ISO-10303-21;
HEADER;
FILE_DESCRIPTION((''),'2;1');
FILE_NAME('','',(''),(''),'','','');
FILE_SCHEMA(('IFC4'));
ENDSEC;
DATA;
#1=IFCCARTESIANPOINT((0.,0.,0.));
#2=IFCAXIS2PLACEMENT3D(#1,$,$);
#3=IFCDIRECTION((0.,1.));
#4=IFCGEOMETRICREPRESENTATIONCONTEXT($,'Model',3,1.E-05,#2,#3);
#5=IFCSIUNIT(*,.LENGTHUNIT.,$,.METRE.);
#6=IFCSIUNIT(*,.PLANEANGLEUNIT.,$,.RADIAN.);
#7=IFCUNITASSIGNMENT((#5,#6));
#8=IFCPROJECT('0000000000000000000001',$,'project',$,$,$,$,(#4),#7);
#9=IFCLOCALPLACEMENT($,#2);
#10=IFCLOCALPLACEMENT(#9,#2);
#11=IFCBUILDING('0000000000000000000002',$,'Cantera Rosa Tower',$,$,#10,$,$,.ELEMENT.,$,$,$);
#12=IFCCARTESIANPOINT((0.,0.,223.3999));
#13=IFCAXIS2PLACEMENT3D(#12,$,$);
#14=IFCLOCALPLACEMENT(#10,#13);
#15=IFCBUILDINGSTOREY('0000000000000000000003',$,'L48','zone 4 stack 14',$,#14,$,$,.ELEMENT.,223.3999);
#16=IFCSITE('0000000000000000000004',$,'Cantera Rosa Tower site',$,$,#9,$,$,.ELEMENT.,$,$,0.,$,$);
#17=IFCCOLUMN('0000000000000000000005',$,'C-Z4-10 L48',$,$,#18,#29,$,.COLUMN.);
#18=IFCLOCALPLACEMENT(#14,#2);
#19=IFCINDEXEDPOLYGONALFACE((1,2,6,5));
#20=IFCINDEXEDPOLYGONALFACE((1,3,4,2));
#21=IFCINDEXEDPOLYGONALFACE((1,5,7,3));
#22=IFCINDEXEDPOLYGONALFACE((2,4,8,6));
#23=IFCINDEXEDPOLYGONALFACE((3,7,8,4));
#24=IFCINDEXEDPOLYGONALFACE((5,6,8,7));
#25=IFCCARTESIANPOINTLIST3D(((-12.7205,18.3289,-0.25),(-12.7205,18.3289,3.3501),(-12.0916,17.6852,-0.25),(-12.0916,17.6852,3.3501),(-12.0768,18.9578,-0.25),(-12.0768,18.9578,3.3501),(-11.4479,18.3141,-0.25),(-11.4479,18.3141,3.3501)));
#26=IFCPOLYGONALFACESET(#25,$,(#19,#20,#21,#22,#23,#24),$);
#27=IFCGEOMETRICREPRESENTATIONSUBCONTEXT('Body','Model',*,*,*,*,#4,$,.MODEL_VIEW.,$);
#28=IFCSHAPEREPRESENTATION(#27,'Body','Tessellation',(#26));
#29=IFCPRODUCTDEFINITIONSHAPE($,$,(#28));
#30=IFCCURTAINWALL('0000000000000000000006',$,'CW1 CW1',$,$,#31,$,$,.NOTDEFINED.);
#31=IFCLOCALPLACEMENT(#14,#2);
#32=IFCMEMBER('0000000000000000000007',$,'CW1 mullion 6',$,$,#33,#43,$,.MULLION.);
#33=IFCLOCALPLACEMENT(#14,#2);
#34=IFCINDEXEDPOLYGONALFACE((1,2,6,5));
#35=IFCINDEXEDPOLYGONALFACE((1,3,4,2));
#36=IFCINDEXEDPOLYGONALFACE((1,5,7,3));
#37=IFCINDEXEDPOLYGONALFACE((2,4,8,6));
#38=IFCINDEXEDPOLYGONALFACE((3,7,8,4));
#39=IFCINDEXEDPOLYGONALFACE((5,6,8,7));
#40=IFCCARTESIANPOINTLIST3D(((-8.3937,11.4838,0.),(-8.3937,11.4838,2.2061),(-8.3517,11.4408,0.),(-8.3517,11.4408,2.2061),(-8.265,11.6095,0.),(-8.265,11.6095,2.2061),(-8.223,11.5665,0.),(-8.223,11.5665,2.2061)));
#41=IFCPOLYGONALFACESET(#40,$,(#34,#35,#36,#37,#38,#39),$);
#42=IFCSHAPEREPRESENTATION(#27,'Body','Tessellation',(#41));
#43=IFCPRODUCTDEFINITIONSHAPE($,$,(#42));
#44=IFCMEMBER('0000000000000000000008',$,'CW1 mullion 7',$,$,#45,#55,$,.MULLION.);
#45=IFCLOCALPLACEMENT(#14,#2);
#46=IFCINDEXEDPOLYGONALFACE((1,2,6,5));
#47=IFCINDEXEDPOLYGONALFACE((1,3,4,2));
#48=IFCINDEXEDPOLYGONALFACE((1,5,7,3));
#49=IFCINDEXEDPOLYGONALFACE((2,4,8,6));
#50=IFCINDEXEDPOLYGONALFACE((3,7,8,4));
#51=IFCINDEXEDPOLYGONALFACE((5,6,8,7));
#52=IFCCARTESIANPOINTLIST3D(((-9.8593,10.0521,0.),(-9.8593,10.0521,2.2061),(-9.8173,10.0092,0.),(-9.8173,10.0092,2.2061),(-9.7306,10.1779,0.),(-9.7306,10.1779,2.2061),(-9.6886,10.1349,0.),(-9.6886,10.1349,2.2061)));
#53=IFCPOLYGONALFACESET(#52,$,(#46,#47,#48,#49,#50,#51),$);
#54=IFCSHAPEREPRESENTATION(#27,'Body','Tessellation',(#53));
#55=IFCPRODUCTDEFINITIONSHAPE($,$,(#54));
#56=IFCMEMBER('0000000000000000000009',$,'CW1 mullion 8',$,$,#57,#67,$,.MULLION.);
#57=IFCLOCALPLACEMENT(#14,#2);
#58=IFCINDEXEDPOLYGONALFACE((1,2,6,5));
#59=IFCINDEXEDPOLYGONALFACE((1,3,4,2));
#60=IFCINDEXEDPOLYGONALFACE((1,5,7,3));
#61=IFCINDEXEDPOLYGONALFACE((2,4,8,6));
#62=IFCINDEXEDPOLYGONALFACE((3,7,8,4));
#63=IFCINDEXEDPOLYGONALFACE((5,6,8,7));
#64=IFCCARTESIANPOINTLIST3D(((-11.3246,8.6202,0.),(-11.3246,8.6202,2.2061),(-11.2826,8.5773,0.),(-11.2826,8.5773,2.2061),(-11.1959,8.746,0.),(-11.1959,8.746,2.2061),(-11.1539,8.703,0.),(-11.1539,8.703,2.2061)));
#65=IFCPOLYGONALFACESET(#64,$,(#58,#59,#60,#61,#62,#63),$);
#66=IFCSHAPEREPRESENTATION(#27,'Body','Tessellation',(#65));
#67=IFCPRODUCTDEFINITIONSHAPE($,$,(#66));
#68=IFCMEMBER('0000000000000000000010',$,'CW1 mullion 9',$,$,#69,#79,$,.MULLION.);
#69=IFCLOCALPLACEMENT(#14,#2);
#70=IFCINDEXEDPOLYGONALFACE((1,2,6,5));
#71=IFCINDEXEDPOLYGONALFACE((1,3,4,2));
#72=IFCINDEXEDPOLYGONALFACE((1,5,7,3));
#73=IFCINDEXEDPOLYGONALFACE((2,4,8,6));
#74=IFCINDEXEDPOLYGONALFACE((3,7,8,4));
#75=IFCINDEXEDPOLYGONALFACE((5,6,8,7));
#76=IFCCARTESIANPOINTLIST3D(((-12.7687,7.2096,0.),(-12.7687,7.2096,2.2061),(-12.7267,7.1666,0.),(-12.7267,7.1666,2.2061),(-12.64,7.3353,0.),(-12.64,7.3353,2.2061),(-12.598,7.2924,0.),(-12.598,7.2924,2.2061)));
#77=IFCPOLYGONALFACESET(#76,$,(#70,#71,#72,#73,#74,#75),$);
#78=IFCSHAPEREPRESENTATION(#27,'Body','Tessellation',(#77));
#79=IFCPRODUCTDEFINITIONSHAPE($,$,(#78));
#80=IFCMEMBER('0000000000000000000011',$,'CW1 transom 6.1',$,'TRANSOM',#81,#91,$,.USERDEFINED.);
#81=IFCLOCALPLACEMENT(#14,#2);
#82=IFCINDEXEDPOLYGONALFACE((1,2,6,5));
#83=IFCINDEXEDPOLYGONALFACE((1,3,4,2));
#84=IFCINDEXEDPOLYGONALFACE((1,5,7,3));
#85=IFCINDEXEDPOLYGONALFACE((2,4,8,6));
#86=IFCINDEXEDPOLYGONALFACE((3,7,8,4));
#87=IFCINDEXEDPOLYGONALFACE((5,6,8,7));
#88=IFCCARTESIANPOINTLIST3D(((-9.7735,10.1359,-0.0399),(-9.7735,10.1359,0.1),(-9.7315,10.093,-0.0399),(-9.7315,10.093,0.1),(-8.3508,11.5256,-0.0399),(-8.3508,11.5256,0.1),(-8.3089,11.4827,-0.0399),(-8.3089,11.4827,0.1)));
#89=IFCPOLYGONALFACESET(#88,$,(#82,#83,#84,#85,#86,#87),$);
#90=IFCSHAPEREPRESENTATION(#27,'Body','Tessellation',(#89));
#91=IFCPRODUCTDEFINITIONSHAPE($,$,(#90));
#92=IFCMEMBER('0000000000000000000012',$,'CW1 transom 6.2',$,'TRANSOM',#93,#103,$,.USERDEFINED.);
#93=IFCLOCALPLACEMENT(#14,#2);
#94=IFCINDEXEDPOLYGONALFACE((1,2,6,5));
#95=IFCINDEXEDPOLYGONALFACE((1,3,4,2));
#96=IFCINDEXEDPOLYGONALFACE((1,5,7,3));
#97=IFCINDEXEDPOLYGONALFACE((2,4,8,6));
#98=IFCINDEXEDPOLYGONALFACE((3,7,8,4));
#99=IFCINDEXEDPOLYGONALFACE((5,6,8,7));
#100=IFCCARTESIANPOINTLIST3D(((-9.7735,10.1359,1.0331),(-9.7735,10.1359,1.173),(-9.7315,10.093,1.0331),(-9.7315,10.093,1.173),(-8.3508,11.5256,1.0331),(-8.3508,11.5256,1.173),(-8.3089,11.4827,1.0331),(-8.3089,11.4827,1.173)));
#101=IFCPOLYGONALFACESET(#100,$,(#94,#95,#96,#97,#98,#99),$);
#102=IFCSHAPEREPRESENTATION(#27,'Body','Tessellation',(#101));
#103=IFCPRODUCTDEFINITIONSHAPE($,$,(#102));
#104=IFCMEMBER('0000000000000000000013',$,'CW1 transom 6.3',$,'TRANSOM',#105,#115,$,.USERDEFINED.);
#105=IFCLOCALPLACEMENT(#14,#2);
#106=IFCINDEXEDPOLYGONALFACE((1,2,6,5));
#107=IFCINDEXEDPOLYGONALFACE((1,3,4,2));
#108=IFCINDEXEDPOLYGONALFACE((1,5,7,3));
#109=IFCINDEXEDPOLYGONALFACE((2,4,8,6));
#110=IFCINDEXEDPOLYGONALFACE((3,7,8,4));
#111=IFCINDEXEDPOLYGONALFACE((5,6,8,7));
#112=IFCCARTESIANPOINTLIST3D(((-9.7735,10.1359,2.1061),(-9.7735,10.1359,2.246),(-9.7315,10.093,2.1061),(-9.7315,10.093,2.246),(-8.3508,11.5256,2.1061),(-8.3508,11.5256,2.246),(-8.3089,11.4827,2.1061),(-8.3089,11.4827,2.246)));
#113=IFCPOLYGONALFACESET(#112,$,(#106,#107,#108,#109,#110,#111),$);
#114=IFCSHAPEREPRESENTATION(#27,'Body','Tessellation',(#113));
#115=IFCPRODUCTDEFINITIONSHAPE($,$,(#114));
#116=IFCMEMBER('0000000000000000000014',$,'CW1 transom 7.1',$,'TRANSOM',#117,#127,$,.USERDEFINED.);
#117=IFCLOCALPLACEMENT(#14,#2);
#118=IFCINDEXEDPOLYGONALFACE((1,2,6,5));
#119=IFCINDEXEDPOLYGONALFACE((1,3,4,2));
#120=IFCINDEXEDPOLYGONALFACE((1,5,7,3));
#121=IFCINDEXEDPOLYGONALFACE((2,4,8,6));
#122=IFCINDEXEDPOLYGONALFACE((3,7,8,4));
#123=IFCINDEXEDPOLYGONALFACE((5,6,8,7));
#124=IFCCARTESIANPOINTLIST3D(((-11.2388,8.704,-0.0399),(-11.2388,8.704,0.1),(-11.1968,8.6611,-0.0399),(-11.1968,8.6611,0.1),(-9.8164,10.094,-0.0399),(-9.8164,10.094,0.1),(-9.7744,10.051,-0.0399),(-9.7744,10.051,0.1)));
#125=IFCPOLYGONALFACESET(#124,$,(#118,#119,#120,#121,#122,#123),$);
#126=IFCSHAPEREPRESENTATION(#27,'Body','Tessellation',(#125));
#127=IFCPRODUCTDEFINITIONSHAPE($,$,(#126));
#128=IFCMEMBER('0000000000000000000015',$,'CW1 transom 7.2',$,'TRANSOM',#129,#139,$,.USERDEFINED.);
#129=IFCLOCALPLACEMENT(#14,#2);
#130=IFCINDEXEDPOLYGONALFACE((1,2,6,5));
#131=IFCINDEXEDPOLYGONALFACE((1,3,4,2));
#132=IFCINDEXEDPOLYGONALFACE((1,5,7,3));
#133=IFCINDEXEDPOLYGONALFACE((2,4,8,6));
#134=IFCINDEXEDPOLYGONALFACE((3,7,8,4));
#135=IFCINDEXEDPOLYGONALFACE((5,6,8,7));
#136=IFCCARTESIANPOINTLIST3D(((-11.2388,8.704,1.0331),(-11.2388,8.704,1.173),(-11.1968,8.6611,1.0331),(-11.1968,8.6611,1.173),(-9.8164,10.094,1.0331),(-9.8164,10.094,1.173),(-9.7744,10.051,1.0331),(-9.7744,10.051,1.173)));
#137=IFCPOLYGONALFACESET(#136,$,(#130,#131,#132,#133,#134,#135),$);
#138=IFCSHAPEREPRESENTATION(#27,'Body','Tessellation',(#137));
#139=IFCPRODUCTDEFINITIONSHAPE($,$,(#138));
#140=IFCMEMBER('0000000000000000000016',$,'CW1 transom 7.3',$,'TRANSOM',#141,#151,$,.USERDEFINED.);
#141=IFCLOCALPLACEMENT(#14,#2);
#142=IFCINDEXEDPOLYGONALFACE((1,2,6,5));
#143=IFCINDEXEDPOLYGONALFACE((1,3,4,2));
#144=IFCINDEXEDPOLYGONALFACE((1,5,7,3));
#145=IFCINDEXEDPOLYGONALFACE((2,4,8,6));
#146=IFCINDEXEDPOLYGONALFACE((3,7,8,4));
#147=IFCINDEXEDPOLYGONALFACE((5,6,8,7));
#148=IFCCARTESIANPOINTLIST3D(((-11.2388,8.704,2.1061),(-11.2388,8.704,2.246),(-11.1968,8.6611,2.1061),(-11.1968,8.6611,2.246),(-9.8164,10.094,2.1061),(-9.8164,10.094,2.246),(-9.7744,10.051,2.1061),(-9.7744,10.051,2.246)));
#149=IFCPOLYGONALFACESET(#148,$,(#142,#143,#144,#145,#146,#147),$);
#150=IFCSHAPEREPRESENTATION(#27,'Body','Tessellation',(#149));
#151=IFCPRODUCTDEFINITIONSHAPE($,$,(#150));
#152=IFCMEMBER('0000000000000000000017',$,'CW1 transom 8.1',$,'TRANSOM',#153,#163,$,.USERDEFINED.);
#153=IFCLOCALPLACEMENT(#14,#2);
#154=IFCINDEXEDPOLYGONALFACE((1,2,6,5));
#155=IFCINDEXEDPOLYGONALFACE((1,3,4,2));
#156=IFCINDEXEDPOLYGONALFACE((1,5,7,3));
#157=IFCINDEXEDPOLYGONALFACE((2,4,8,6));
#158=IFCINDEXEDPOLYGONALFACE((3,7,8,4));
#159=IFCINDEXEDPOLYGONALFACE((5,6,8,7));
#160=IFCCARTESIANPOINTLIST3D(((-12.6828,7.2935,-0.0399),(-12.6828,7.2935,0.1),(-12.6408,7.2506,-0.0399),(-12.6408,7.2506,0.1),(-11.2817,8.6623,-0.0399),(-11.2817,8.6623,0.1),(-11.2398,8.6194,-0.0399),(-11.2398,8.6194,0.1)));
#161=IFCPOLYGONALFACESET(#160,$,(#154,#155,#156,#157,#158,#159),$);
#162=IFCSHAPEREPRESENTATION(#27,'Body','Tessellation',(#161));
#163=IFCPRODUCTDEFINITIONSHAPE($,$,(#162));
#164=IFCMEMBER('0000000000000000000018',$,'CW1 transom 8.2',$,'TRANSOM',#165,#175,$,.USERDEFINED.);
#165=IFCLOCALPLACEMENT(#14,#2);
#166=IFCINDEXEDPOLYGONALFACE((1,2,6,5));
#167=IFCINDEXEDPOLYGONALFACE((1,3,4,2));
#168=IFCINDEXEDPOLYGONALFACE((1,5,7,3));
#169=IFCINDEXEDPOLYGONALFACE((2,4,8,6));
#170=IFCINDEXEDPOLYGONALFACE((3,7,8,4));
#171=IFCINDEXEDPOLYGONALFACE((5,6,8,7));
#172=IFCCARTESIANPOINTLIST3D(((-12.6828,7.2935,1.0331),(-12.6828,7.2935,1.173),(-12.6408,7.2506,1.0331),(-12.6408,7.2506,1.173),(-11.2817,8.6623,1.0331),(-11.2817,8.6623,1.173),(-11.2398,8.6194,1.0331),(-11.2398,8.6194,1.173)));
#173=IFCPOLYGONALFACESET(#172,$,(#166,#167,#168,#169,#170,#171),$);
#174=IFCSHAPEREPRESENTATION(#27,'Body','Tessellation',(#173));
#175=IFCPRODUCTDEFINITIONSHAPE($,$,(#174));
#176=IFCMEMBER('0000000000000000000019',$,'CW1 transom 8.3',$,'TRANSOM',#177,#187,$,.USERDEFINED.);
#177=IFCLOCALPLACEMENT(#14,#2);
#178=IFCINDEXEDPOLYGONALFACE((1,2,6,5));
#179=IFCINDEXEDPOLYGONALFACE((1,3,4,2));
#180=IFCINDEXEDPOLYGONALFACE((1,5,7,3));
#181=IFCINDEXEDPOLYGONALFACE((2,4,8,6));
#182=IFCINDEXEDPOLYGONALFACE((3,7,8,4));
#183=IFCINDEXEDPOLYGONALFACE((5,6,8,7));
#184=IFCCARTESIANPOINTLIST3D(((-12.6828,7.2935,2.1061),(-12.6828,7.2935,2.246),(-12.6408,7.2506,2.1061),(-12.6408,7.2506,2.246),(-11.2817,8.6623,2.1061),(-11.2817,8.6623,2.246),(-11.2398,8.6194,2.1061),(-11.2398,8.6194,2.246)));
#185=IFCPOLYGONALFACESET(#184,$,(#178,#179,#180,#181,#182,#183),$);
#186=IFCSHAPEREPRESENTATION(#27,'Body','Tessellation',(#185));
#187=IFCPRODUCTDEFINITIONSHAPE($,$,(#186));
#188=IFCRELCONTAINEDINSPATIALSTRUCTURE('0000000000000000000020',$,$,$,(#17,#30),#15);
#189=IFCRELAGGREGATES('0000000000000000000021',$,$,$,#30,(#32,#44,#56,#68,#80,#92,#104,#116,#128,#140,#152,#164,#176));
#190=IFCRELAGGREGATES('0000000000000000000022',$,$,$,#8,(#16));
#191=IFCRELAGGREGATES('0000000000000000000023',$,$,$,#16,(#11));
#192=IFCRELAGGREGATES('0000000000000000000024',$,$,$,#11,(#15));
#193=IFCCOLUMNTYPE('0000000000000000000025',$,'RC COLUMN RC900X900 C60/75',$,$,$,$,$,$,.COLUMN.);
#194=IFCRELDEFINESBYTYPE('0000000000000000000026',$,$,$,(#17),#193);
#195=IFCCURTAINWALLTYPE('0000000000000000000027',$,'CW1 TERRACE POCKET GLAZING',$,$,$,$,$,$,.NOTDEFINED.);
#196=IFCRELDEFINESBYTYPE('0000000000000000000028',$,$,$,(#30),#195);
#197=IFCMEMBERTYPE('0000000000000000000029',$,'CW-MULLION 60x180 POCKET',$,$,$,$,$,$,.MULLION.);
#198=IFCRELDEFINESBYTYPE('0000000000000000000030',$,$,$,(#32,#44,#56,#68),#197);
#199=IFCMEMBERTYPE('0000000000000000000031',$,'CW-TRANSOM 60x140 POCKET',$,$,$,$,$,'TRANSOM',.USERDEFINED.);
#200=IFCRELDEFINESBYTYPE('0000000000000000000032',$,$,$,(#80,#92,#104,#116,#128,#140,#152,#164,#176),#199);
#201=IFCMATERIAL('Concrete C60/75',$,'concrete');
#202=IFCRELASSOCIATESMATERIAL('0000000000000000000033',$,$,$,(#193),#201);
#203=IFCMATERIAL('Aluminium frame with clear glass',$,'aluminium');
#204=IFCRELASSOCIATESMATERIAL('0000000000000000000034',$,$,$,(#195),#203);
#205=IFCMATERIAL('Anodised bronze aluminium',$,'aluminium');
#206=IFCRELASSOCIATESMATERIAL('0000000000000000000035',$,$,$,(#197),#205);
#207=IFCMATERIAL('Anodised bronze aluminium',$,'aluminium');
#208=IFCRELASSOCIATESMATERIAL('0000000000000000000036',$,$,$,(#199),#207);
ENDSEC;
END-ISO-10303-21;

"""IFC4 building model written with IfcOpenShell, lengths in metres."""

from ifc_helpers import new_model, si_unit, direction, frame, origin, origin_2d, place, context, subcontext, project, spatial, rectangle, extrude, material, material_profile, profile_set, type_object, element, aggregate, save


model = new_model("IFC4")

# Units and contexts
model_context = context("Model", 3, precision=1e-05, world=origin(), true_north=direction((0.0, 1.0)))
body_context = subcontext(model_context, "Body", "Model", "MODEL_VIEW")
ifc_project = project(units=[si_unit("LENGTHUNIT", "METRE"), si_unit("PLANEANGLEUNIT", "RADIAN")], contexts=[model_context])

# Site, building, storey
site_placement = place(None, origin())
site = spatial("IfcSite", under=ifc_project, at=site_placement, Name="Cantera Rosa Tower site", CompositionType="ELEMENT", RefElevation=0.0)
building_placement = place(site_placement, origin())
building = spatial("IfcBuilding", under=site, at=building_placement, Name="Cantera Rosa Tower", CompositionType="ELEMENT")
storey_placement = place(building_placement, frame((0.0, 0.0, 223.3999)))
storey = spatial("IfcBuildingStorey", under=building, at=storey_placement, Name="L48", Description="zone 4 stack 14", CompositionType="ELEMENT", Elevation=223.3999)

# Column
ifc_material_1 = material(Name="Concrete C60/75", Category="concrete")
ifc_material_profile_1 = material_profile(ifc_material_1, rectangle(XDim=0.8999, YDim=0.8999, at=origin_2d()), Name="RC COLUMN RC900X900 C60/75")
ifc_profile_set_1 = profile_set([ifc_material_profile_1], Name="Concrete C60/75")
column_type = type_object("IfcColumnType", Name="RC COLUMN RC900X900 C60/75", PredefinedType="COLUMN", material=ifc_profile_set_1)
column_placement = place(storey_placement, frame((-12.0842, 18.3215, -0.25), z_axis=(0.0, 0.0, 1.0), x_axis=(0.715286, 0.698832, 0.0)))
element("IfcColumn", 1, at=column_placement, inside=storey, type_object=column_type, Name="C-Z4-10 L48", PredefinedType="COLUMN", context=body_context, shape_type="SweptSolid", body=[
    extrude(rectangle(XDim=0.8999, YDim=0.8999, at=origin_2d()), origin(), (0.0, 0.0, 1.0), 3.6001),
])

# Curtain wall, members
ifc_material_2 = material(Name="Aluminium frame with clear glass", Category="aluminium")
curtain_wall_type = type_object("IfcCurtainWallType", Name="CW1 TERRACE POCKET GLAZING", PredefinedType="NOTDEFINED", material=ifc_material_2)
curtain_wall_placement = place(storey_placement, origin())
curtain_wall = element("IfcCurtainWall", 2, at=curtain_wall_placement, inside=storey, type_object=curtain_wall_type, Name="CW1 CW1", PredefinedType="NOTDEFINED")
ifc_material_3 = material(Name="Anodised bronze aluminium", Category="aluminium")
ifc_material_profile_2 = material_profile(ifc_material_3, rectangle(XDim=0.0601, YDim=0.1799, at=origin_2d()), Name="CW-MULLION 60x180 POCKET")
ifc_profile_set_2 = profile_set([ifc_material_profile_2], Name="Anodised bronze aluminium")
member_type_1 = type_object("IfcMemberType", Name="CW-MULLION 60x180 POCKET", PredefinedType="MULLION", material=ifc_profile_set_2)
member_1_placement = place(storey_placement, frame((-8.3083, 11.5251, 0.0), z_axis=(0.0, 0.0, 1.0), x_axis=(0.698832, -0.715286, 0.0)))
member_1 = element("IfcMember", 3, at=member_1_placement, type_object=member_type_1, Name="CW1 mullion 6", PredefinedType="MULLION", context=body_context, shape_type="SweptSolid", body=[
    extrude(rectangle(XDim=0.0601, YDim=0.1799, at=origin_2d()), origin(), (0.0, 0.0, 1.0), 2.2061),
])
member_2_placement = place(storey_placement, frame((-9.7739, 10.0935, 0.0), z_axis=(0.0, 0.0, 1.0), x_axis=(0.698832, -0.715286, 0.0)))
member_2 = element("IfcMember", 4, at=member_2_placement, type_object=member_type_1, Name="CW1 mullion 7", PredefinedType="MULLION", context=body_context, shape_type="SweptSolid", body=[
    extrude(rectangle(XDim=0.0601, YDim=0.1799, at=origin_2d()), origin(), (0.0, 0.0, 1.0), 2.2061),
])
member_3_placement = place(storey_placement, frame((-11.2393, 8.6616, 0.0), z_axis=(0.0, 0.0, 1.0), x_axis=(0.698832, -0.715286, 0.0)))
member_3 = element("IfcMember", 5, at=member_3_placement, type_object=member_type_1, Name="CW1 mullion 8", PredefinedType="MULLION", context=body_context, shape_type="SweptSolid", body=[
    extrude(rectangle(XDim=0.0601, YDim=0.1799, at=origin_2d()), origin(), (0.0, 0.0, 1.0), 2.2061),
])
member_4_placement = place(storey_placement, frame((-12.6833, 7.251, 0.0), z_axis=(0.0, 0.0, 1.0), x_axis=(0.698832, -0.715286, 0.0)))
member_4 = element("IfcMember", 6, at=member_4_placement, type_object=member_type_1, Name="CW1 mullion 9", PredefinedType="MULLION", context=body_context, shape_type="SweptSolid", body=[
    extrude(rectangle(XDim=0.0601, YDim=0.1799, at=origin_2d()), origin(), (0.0, 0.0, 1.0), 2.2061),
])
ifc_material_4 = material(Name="Anodised bronze aluminium", Category="aluminium")
ifc_material_profile_3 = material_profile(ifc_material_4, rectangle(XDim=0.0601, YDim=0.1399, at=origin_2d()), Name="CW-TRANSOM 60x140 POCKET")
ifc_profile_set_3 = profile_set([ifc_material_profile_3], Name="Anodised bronze aluminium")
member_type_2 = type_object("IfcMemberType", Name="CW-TRANSOM 60x140 POCKET", ElementType="TRANSOM", PredefinedType="USERDEFINED", material=ifc_profile_set_3)
member_5_placement = place(storey_placement, frame((-8.3298, 11.5042, 0.03), z_axis=(-0.715345, -0.698772, 0.0), x_axis=(0.698772, -0.715345, 0.0)))
member_5 = element("IfcMember", 7, at=member_5_placement, type_object=member_type_2, Name="CW1 transom 6.1", ObjectType="TRANSOM", PredefinedType="USERDEFINED", context=body_context, shape_type="SweptSolid", body=[
    extrude(rectangle(XDim=0.0601, YDim=0.1399, at=origin_2d()), origin(), (0.0, 0.0, 1.0), 1.9888),
])
member_6_placement = place(storey_placement, frame((-8.3298, 11.5042, 1.103), z_axis=(-0.715345, -0.698772, 0.0), x_axis=(0.698772, -0.715345, 0.0)))
member_6 = element("IfcMember", 8, at=member_6_placement, type_object=member_type_2, Name="CW1 transom 6.2", ObjectType="TRANSOM", PredefinedType="USERDEFINED", context=body_context, shape_type="SweptSolid", body=[
    extrude(rectangle(XDim=0.0601, YDim=0.1399, at=origin_2d()), origin(), (0.0, 0.0, 1.0), 1.9888),
])
member_7_placement = place(storey_placement, frame((-8.3298, 11.5042, 2.176), z_axis=(-0.715345, -0.698772, 0.0), x_axis=(0.698772, -0.715345, 0.0)))
member_7 = element("IfcMember", 9, at=member_7_placement, type_object=member_type_2, Name="CW1 transom 6.3", ObjectType="TRANSOM", PredefinedType="USERDEFINED", context=body_context, shape_type="SweptSolid", body=[
    extrude(rectangle(XDim=0.0601, YDim=0.1399, at=origin_2d()), origin(), (0.0, 0.0, 1.0), 1.9888),
])
member_8_placement = place(storey_placement, frame((-9.7954, 10.0725, 0.03), z_axis=(-0.715223, -0.698896, 0.0), x_axis=(0.698896, -0.715223, 0.0)))
member_8 = element("IfcMember", 10, at=member_8_placement, type_object=member_type_2, Name="CW1 transom 7.1", ObjectType="TRANSOM", PredefinedType="USERDEFINED", context=body_context, shape_type="SweptSolid", body=[
    extrude(rectangle(XDim=0.0601, YDim=0.1399, at=origin_2d()), origin(), (0.0, 0.0, 1.0), 1.9888),
])
member_9_placement = place(storey_placement, frame((-9.7954, 10.0725, 1.103), z_axis=(-0.715223, -0.698896, 0.0), x_axis=(0.698896, -0.715223, 0.0)))
member_9 = element("IfcMember", 11, at=member_9_placement, type_object=member_type_2, Name="CW1 transom 7.2", ObjectType="TRANSOM", PredefinedType="USERDEFINED", context=body_context, shape_type="SweptSolid", body=[
    extrude(rectangle(XDim=0.0601, YDim=0.1399, at=origin_2d()), origin(), (0.0, 0.0, 1.0), 1.9888),
])
member_10_placement = place(storey_placement, frame((-9.7954, 10.0725, 2.176), z_axis=(-0.715223, -0.698896, 0.0), x_axis=(0.698896, -0.715223, 0.0)))
member_10 = element("IfcMember", 12, at=member_10_placement, type_object=member_type_2, Name="CW1 transom 7.3", ObjectType="TRANSOM", PredefinedType="USERDEFINED", context=body_context, shape_type="SweptSolid", body=[
    extrude(rectangle(XDim=0.0601, YDim=0.1399, at=origin_2d()), origin(), (0.0, 0.0, 1.0), 1.9888),
])
member_11_placement = place(storey_placement, frame((-11.2607, 8.6409, 0.03), z_axis=(-0.715285, -0.698833, 0.0), x_axis=(0.698833, -0.715285, 0.0)))
member_11 = element("IfcMember", 13, at=member_11_placement, type_object=member_type_2, Name="CW1 transom 8.1", ObjectType="TRANSOM", PredefinedType="USERDEFINED", context=body_context, shape_type="SweptSolid", body=[
    extrude(rectangle(XDim=0.0601, YDim=0.1399, at=origin_2d()), origin(), (0.0, 0.0, 1.0), 1.9587),
])
member_12_placement = place(storey_placement, frame((-11.2607, 8.6409, 1.103), z_axis=(-0.715285, -0.698833, 0.0), x_axis=(0.698833, -0.715285, 0.0)))
member_12 = element("IfcMember", 14, at=member_12_placement, type_object=member_type_2, Name="CW1 transom 8.2", ObjectType="TRANSOM", PredefinedType="USERDEFINED", context=body_context, shape_type="SweptSolid", body=[
    extrude(rectangle(XDim=0.0601, YDim=0.1399, at=origin_2d()), origin(), (0.0, 0.0, 1.0), 1.9587),
])
member_13_placement = place(storey_placement, frame((-11.2607, 8.6409, 2.176), z_axis=(-0.715285, -0.698833, 0.0), x_axis=(0.698833, -0.715285, 0.0)))
member_13 = element("IfcMember", 15, at=member_13_placement, type_object=member_type_2, Name="CW1 transom 8.3", ObjectType="TRANSOM", PredefinedType="USERDEFINED", context=body_context, shape_type="SweptSolid", body=[
    extrude(rectangle(XDim=0.0601, YDim=0.1399, at=origin_2d()), origin(), (0.0, 0.0, 1.0), 1.9587),
])

aggregate(curtain_wall, [member_1, member_2, member_3, member_4, member_5, member_6, member_7, member_8, member_9, member_10, member_11, member_12, member_13])

save(model, "model.ifc")
